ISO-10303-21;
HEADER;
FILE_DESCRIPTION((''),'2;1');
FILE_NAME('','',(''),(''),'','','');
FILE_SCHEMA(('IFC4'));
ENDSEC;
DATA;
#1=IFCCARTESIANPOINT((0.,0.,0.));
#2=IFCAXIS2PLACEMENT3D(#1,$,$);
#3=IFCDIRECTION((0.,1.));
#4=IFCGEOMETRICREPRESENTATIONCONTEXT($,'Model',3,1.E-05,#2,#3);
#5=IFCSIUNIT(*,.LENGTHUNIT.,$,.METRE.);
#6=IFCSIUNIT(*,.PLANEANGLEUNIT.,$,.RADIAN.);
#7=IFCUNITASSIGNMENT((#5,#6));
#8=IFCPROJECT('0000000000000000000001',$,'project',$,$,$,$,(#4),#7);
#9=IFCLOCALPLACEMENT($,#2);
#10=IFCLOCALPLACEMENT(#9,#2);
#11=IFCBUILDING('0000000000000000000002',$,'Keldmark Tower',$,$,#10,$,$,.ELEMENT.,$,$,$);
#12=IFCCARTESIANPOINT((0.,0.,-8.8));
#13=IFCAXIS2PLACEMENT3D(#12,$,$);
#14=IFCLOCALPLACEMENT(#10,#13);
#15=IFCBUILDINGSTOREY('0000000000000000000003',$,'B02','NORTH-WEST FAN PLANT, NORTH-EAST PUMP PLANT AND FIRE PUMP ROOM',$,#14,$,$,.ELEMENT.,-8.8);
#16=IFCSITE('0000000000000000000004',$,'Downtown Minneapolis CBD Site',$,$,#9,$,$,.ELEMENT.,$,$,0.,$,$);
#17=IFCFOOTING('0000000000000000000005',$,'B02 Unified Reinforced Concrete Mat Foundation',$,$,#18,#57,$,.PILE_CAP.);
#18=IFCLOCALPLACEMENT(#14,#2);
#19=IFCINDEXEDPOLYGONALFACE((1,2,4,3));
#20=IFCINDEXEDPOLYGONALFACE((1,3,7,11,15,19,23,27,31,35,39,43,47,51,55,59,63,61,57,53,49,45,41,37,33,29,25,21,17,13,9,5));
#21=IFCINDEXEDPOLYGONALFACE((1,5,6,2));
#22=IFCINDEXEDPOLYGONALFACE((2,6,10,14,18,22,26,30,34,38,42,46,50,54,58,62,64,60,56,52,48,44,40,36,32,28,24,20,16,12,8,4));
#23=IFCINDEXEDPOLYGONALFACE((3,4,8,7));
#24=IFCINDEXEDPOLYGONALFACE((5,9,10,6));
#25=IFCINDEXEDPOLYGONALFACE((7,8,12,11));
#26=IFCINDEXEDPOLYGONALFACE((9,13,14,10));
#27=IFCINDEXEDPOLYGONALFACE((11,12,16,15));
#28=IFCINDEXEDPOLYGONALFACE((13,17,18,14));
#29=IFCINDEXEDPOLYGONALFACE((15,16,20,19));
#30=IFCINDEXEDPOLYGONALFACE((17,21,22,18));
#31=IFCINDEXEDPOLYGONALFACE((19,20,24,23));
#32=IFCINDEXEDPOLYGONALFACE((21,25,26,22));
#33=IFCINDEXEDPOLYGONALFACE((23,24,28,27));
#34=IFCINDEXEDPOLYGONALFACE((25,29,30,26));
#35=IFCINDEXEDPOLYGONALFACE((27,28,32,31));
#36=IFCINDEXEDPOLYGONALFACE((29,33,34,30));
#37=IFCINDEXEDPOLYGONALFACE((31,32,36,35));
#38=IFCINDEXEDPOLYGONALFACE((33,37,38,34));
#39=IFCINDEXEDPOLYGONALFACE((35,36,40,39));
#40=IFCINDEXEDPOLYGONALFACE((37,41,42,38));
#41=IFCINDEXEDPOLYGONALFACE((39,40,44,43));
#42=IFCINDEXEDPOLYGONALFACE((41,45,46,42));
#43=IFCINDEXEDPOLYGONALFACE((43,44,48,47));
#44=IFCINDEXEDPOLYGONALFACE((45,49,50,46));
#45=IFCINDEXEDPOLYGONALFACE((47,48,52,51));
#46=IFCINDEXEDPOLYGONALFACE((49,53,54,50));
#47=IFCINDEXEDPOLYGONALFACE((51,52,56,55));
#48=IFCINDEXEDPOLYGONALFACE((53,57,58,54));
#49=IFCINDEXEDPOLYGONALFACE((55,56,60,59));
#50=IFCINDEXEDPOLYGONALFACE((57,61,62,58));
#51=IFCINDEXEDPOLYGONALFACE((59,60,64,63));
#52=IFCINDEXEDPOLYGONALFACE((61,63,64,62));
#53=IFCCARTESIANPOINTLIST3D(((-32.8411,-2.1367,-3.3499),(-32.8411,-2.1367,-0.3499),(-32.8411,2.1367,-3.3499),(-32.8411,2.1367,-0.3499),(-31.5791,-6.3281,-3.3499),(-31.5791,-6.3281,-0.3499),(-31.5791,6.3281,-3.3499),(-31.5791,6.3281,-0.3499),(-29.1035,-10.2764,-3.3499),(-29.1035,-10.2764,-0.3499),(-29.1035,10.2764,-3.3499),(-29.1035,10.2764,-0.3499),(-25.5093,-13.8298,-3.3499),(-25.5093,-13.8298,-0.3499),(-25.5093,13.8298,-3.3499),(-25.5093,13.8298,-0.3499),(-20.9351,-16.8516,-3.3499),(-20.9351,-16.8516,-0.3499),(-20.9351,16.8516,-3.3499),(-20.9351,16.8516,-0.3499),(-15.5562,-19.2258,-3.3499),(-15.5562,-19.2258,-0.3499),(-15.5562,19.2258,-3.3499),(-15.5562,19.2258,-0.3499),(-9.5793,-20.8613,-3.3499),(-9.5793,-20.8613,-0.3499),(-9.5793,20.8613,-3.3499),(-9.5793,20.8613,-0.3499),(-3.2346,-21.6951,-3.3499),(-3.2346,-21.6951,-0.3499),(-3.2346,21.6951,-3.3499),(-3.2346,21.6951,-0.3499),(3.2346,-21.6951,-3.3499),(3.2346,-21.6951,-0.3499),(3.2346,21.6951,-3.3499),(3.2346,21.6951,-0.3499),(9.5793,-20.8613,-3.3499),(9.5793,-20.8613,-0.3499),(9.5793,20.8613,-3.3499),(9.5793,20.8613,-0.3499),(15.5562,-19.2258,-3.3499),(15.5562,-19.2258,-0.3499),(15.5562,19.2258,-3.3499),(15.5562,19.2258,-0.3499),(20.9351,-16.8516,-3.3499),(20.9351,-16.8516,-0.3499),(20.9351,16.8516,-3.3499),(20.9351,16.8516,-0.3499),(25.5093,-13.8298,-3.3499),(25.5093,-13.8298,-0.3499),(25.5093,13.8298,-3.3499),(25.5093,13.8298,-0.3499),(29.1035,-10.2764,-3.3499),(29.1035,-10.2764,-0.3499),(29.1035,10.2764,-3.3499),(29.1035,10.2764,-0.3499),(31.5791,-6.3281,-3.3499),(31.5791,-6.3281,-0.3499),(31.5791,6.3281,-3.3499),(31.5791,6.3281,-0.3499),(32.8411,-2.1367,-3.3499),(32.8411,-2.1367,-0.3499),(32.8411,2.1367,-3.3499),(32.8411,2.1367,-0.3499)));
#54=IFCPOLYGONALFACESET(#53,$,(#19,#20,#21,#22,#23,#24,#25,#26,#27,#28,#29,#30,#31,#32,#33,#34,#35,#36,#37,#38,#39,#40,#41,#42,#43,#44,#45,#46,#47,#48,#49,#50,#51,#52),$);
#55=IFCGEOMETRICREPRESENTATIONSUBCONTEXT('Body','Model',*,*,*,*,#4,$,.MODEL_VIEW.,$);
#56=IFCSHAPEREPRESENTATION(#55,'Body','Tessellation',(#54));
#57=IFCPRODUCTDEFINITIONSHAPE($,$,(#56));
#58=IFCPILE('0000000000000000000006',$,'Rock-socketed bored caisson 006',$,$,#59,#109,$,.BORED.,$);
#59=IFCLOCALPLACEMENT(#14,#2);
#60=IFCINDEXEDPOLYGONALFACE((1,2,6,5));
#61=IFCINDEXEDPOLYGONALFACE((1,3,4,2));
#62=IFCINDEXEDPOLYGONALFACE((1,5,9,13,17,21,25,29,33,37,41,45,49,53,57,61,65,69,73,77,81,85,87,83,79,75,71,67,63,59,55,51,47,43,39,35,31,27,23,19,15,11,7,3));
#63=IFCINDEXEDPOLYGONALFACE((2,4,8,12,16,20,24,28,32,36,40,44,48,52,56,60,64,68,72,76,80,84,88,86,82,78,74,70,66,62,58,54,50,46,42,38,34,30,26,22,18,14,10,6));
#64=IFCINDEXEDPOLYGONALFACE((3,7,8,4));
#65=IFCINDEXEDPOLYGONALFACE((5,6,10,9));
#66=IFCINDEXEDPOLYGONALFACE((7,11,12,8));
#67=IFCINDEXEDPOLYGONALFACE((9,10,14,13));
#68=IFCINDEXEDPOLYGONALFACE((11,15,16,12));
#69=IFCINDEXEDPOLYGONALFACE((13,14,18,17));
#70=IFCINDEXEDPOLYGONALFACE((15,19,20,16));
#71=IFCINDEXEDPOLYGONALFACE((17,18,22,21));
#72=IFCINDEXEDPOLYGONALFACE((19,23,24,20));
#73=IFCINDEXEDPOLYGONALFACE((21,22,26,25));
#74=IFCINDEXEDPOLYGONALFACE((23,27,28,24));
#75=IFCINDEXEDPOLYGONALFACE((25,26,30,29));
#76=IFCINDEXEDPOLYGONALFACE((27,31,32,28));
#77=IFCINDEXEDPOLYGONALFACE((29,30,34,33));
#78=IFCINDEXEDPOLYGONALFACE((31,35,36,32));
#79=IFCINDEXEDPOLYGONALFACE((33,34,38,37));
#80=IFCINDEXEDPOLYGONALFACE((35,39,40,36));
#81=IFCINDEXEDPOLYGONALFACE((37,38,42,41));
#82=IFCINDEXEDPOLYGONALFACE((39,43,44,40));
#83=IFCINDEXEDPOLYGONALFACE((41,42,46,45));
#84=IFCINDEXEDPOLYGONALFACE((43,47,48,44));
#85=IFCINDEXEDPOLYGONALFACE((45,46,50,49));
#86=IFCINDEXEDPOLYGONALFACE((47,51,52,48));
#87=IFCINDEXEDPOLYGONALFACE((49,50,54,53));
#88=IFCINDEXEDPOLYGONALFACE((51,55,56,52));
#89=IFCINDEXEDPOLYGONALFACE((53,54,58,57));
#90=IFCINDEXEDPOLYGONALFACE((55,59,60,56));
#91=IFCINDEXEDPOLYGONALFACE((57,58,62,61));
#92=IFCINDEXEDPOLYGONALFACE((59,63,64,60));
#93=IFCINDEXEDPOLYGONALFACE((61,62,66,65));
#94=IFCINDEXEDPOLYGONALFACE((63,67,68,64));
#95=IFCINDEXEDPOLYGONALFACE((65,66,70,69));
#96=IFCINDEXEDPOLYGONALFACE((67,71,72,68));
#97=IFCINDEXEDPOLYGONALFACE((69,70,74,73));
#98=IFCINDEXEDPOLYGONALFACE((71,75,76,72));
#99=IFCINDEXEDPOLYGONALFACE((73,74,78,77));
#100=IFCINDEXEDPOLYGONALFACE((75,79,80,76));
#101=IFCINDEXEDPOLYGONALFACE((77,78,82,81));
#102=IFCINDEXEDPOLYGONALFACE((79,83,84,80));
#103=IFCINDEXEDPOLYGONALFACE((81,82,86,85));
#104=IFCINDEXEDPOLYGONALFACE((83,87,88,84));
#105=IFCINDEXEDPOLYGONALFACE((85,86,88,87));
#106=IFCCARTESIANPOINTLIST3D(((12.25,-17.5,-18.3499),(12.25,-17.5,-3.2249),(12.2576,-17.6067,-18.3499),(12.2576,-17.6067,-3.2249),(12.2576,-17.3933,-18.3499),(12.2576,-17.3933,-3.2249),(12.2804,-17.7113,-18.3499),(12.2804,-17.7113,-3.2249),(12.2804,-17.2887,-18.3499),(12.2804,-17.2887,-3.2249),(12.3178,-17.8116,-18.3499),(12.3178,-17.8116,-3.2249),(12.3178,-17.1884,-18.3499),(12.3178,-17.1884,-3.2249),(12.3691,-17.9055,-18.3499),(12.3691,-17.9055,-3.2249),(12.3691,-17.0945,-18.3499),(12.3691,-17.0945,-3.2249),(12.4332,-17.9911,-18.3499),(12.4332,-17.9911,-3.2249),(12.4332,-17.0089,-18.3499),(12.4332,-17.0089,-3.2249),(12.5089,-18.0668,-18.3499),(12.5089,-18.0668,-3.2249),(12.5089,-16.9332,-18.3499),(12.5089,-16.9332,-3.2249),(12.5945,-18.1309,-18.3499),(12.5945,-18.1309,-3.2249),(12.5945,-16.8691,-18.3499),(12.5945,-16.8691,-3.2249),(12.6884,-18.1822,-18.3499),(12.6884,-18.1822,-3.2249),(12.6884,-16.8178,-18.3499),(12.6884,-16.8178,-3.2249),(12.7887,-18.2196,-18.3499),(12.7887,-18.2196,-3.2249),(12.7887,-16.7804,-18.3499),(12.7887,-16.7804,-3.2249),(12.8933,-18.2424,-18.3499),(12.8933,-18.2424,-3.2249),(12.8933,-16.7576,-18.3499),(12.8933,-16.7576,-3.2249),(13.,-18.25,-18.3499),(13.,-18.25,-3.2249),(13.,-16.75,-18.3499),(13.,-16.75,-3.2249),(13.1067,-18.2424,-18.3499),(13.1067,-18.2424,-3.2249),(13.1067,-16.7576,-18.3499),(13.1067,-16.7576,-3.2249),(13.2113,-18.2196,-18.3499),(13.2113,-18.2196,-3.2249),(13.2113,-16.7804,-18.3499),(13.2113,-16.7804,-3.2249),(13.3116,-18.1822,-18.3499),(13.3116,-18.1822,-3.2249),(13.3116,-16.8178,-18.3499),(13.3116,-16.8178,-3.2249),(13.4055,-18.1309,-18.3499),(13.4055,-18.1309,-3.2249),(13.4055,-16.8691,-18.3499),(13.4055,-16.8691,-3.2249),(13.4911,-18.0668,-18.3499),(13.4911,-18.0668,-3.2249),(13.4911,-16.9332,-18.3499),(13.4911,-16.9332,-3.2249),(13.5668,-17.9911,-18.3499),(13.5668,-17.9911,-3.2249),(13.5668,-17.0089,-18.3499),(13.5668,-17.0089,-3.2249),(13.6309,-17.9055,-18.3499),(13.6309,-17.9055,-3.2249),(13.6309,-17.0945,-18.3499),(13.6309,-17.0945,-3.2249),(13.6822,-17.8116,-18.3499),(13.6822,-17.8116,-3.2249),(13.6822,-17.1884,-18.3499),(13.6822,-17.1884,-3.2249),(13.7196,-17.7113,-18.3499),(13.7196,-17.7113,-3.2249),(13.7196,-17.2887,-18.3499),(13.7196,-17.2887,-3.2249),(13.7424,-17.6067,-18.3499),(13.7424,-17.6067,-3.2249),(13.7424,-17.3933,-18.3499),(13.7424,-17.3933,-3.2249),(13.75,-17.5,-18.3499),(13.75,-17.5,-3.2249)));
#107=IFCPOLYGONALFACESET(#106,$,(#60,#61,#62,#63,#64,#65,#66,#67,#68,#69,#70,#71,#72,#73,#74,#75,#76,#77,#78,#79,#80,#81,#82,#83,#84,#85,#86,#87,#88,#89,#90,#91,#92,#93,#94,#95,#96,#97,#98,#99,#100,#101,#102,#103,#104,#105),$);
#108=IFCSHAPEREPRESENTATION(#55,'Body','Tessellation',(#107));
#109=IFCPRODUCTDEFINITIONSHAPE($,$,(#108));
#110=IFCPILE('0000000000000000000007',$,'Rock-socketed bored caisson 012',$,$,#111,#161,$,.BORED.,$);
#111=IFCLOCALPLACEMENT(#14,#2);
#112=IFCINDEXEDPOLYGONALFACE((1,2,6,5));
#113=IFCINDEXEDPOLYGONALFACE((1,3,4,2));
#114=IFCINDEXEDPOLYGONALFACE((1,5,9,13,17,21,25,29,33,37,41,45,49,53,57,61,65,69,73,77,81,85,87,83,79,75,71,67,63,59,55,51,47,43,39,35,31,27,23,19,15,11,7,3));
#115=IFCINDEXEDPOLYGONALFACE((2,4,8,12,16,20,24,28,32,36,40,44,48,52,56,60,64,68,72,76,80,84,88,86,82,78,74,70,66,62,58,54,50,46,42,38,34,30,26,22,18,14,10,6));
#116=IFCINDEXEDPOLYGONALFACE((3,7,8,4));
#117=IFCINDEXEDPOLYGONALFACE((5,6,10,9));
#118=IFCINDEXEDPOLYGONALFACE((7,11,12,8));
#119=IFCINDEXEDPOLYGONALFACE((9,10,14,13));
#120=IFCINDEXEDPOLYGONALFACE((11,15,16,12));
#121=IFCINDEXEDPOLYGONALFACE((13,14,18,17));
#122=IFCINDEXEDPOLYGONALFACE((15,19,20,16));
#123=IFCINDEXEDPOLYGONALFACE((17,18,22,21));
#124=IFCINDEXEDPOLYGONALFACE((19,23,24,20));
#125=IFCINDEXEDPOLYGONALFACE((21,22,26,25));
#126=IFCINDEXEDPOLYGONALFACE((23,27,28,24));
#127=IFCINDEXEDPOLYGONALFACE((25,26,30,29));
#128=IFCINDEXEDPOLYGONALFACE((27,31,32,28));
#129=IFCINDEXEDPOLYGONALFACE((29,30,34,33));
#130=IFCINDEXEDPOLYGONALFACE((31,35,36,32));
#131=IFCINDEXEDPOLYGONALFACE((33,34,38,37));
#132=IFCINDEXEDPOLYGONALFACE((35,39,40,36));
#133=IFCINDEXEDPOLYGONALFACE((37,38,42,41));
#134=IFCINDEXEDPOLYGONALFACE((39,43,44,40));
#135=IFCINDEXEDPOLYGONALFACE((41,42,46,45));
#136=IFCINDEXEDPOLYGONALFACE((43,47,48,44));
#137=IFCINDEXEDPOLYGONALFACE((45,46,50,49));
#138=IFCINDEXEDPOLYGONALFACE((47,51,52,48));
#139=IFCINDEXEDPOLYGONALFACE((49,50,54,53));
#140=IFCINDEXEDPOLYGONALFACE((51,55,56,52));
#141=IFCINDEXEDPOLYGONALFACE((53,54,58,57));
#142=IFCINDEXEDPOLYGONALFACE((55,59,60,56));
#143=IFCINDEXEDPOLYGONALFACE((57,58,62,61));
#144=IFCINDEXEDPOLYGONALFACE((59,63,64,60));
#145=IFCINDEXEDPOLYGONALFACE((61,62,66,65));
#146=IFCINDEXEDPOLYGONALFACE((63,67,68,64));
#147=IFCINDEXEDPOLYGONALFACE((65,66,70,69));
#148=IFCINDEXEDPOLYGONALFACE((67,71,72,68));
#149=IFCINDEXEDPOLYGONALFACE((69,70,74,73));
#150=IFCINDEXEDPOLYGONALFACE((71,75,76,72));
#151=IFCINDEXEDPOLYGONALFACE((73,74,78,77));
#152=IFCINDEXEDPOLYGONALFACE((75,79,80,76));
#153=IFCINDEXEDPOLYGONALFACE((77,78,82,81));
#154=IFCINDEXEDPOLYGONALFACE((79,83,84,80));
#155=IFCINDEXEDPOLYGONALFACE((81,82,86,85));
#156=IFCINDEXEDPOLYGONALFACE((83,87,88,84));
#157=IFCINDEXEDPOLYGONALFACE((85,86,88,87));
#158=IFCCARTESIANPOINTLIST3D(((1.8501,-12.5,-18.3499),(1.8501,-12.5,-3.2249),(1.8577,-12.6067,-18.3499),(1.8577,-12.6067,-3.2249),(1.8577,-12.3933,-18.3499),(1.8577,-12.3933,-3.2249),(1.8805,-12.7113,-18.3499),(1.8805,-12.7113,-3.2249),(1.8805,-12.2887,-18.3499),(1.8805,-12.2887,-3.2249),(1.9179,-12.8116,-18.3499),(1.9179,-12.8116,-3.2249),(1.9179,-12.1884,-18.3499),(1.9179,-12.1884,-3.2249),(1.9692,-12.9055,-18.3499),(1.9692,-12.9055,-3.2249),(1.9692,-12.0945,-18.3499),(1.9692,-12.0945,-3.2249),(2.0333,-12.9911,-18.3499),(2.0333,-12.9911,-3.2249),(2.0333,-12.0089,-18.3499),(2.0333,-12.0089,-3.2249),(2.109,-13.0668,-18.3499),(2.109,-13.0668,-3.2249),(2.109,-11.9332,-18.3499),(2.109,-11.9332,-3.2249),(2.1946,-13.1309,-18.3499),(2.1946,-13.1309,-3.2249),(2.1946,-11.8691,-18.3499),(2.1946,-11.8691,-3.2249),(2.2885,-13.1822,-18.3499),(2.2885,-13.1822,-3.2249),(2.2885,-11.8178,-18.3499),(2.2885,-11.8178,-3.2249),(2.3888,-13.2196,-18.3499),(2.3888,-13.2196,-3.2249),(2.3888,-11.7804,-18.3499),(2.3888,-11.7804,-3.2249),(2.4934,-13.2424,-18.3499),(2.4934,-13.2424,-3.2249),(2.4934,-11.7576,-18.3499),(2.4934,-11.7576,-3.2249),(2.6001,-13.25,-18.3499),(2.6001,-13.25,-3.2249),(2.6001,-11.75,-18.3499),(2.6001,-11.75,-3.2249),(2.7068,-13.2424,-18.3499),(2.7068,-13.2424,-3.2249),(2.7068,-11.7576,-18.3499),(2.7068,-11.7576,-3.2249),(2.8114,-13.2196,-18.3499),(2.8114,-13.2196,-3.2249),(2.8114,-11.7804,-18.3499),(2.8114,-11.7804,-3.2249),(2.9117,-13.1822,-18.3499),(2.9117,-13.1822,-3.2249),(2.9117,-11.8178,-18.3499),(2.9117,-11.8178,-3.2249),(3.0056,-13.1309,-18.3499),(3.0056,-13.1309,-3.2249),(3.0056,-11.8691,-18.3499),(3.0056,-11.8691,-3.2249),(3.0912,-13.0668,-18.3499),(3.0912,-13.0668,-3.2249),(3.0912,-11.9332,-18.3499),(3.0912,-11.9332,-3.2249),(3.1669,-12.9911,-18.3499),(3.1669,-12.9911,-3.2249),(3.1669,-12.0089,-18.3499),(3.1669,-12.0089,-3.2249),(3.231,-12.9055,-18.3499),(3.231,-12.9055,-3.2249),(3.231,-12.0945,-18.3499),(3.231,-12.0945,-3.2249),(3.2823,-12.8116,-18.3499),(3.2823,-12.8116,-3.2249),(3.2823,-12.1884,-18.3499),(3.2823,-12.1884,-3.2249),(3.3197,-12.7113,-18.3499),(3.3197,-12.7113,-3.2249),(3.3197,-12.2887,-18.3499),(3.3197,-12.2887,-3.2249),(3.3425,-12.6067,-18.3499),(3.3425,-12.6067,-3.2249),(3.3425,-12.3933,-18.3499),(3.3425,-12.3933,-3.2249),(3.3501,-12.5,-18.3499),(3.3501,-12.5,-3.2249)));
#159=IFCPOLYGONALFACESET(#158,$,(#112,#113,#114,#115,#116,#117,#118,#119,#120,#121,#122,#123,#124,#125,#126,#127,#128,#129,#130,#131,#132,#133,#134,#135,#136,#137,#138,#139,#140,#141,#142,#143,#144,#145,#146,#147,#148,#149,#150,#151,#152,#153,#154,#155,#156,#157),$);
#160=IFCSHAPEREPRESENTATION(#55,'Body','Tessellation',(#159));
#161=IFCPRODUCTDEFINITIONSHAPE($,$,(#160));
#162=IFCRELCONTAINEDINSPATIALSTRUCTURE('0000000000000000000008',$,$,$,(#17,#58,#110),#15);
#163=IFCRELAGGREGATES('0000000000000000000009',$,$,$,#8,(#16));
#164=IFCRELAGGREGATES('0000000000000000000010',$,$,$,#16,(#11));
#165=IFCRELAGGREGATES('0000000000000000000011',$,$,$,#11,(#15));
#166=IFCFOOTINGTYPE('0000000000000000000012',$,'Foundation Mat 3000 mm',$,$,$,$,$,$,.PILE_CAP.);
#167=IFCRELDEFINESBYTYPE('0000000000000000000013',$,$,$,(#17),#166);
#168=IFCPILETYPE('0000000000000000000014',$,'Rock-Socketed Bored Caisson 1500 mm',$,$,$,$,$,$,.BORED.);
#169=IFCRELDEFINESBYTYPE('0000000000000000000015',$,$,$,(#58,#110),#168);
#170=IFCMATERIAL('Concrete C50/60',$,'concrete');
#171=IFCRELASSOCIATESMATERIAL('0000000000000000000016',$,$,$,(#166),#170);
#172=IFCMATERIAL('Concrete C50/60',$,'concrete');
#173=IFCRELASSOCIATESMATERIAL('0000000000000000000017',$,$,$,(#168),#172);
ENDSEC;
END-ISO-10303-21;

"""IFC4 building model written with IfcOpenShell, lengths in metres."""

from ifc_helpers import new_model, si_unit, direction, frame, origin, origin_2d, place, context, subcontext, project, spatial, polyline, circle, outline, extrude, material, material_profile, profile_set, type_object, element, save


model = new_model("IFC4")

# Units and contexts
model_context = context("Model", 3, precision=1e-05, world=origin(), true_north=direction((0.0, 1.0)))
body_context = subcontext(model_context, "Body", "Model", "MODEL_VIEW")
ifc_project = project(units=[si_unit("LENGTHUNIT", "METRE"), si_unit("PLANEANGLEUNIT", "RADIAN")], contexts=[model_context])

# Site, building, storey
site_placement = place(None, origin())
site = spatial("IfcSite", under=ifc_project, at=site_placement, Name="Downtown Minneapolis CBD Site", CompositionType="ELEMENT", RefElevation=0.0)
building_placement = place(site_placement, origin())
building = spatial("IfcBuilding", under=site, at=building_placement, Name="Keldmark Tower", CompositionType="ELEMENT")
storey_placement = place(building_placement, frame((0.0, 0.0, -8.8)))
storey = spatial("IfcBuildingStorey", under=building, at=storey_placement, Name="B02", Description="NORTH-WEST FAN PLANT, NORTH-EAST PUMP PLANT AND FIRE PUMP ROOM", CompositionType="ELEMENT", Elevation=-8.8)

# Footing
ifc_material_1 = material(Name="Concrete C50/60", Category="concrete")
footing_type = type_object("IfcFootingType", Name="Foundation Mat 3000 mm", PredefinedType="PILE_CAP", material=ifc_material_1)
footing_placement = place(storey_placement, frame((0.0, 0.0, -3.3499)))
element("IfcFooting", 1, at=footing_placement, inside=storey, type_object=footing_type, Name="B02 Unified Reinforced Concrete Mat Foundation", PredefinedType="PILE_CAP", context=body_context, shape_type="SweptSolid", body=[
    extrude(outline(polyline([(32.8411, 2.1367), (31.5791, 6.3281), (29.1035, 10.2764), (25.5093, 13.8298), (20.9351, 16.8516), (15.5562, 19.2258), (9.5793, 20.8613), (3.2346, 21.6951), (-3.2346, 21.6951), (-9.5793, 20.8613), (-15.5562, 19.2258), (-20.9351, 16.8516), (-25.5093, 13.8298), (-29.1035, 10.2764), (-31.5791, 6.3281), (-32.8411, 2.1367), (-32.8411, -2.1367), (-31.5791, -6.3281), (-29.1035, -10.2764), (-25.5093, -13.8298), (-20.9351, -16.8516), (-15.5562, -19.2258), (-9.5793, -20.8613), (-3.2346, -21.6951), (3.2346, -21.6951), (9.5793, -20.8613), (15.5562, -19.2258), (20.9351, -16.8516), (25.5093, -13.8298), (29.1035, -10.2764), (31.5791, -6.3281), (32.8411, -2.1367), (32.8411, 2.1367)])), origin(), (0.0, 0.0, 1.0), 3.0),
])

# Piles
ifc_material_2 = material(Name="Concrete C50/60", Category="concrete")
ifc_material_profile_1 = material_profile(ifc_material_2, circle(Radius=0.75, at=origin_2d()), Name="CAISSON1500")
ifc_profile_set_1 = profile_set([ifc_material_profile_1], Name="Concrete C50/60")
pile_type_1 = type_object("IfcPileType", Name="Rock-Socketed Bored Caisson 1500 mm", PredefinedType="BORED", material=ifc_profile_set_1)
for number, where, z_axis, x_axis, name in (
    (2, (13.0, -17.5, -3.2249), (0.0, 0.0, -1.0), (1.0, 0.0, 0.0), "Rock-socketed bored caisson 006"),
    (3, (2.6001, -12.5, -3.2249), (0.0, 0.0, -1.0), (1.0, 0.0, 0.0), "Rock-socketed bored caisson 012"),
):
    element("IfcPile", number, at=place(storey_placement, frame(where, z_axis=z_axis, x_axis=x_axis)), inside=storey, type_object=pile_type_1, Name=name, PredefinedType="BORED", context=body_context, shape_type="SweptSolid", body=[
        extrude(circle(Radius=0.75, at=origin_2d()), origin(), (0.0, 0.0, 1.0), 15.125),
    ])

save(model, "model.ifc")
